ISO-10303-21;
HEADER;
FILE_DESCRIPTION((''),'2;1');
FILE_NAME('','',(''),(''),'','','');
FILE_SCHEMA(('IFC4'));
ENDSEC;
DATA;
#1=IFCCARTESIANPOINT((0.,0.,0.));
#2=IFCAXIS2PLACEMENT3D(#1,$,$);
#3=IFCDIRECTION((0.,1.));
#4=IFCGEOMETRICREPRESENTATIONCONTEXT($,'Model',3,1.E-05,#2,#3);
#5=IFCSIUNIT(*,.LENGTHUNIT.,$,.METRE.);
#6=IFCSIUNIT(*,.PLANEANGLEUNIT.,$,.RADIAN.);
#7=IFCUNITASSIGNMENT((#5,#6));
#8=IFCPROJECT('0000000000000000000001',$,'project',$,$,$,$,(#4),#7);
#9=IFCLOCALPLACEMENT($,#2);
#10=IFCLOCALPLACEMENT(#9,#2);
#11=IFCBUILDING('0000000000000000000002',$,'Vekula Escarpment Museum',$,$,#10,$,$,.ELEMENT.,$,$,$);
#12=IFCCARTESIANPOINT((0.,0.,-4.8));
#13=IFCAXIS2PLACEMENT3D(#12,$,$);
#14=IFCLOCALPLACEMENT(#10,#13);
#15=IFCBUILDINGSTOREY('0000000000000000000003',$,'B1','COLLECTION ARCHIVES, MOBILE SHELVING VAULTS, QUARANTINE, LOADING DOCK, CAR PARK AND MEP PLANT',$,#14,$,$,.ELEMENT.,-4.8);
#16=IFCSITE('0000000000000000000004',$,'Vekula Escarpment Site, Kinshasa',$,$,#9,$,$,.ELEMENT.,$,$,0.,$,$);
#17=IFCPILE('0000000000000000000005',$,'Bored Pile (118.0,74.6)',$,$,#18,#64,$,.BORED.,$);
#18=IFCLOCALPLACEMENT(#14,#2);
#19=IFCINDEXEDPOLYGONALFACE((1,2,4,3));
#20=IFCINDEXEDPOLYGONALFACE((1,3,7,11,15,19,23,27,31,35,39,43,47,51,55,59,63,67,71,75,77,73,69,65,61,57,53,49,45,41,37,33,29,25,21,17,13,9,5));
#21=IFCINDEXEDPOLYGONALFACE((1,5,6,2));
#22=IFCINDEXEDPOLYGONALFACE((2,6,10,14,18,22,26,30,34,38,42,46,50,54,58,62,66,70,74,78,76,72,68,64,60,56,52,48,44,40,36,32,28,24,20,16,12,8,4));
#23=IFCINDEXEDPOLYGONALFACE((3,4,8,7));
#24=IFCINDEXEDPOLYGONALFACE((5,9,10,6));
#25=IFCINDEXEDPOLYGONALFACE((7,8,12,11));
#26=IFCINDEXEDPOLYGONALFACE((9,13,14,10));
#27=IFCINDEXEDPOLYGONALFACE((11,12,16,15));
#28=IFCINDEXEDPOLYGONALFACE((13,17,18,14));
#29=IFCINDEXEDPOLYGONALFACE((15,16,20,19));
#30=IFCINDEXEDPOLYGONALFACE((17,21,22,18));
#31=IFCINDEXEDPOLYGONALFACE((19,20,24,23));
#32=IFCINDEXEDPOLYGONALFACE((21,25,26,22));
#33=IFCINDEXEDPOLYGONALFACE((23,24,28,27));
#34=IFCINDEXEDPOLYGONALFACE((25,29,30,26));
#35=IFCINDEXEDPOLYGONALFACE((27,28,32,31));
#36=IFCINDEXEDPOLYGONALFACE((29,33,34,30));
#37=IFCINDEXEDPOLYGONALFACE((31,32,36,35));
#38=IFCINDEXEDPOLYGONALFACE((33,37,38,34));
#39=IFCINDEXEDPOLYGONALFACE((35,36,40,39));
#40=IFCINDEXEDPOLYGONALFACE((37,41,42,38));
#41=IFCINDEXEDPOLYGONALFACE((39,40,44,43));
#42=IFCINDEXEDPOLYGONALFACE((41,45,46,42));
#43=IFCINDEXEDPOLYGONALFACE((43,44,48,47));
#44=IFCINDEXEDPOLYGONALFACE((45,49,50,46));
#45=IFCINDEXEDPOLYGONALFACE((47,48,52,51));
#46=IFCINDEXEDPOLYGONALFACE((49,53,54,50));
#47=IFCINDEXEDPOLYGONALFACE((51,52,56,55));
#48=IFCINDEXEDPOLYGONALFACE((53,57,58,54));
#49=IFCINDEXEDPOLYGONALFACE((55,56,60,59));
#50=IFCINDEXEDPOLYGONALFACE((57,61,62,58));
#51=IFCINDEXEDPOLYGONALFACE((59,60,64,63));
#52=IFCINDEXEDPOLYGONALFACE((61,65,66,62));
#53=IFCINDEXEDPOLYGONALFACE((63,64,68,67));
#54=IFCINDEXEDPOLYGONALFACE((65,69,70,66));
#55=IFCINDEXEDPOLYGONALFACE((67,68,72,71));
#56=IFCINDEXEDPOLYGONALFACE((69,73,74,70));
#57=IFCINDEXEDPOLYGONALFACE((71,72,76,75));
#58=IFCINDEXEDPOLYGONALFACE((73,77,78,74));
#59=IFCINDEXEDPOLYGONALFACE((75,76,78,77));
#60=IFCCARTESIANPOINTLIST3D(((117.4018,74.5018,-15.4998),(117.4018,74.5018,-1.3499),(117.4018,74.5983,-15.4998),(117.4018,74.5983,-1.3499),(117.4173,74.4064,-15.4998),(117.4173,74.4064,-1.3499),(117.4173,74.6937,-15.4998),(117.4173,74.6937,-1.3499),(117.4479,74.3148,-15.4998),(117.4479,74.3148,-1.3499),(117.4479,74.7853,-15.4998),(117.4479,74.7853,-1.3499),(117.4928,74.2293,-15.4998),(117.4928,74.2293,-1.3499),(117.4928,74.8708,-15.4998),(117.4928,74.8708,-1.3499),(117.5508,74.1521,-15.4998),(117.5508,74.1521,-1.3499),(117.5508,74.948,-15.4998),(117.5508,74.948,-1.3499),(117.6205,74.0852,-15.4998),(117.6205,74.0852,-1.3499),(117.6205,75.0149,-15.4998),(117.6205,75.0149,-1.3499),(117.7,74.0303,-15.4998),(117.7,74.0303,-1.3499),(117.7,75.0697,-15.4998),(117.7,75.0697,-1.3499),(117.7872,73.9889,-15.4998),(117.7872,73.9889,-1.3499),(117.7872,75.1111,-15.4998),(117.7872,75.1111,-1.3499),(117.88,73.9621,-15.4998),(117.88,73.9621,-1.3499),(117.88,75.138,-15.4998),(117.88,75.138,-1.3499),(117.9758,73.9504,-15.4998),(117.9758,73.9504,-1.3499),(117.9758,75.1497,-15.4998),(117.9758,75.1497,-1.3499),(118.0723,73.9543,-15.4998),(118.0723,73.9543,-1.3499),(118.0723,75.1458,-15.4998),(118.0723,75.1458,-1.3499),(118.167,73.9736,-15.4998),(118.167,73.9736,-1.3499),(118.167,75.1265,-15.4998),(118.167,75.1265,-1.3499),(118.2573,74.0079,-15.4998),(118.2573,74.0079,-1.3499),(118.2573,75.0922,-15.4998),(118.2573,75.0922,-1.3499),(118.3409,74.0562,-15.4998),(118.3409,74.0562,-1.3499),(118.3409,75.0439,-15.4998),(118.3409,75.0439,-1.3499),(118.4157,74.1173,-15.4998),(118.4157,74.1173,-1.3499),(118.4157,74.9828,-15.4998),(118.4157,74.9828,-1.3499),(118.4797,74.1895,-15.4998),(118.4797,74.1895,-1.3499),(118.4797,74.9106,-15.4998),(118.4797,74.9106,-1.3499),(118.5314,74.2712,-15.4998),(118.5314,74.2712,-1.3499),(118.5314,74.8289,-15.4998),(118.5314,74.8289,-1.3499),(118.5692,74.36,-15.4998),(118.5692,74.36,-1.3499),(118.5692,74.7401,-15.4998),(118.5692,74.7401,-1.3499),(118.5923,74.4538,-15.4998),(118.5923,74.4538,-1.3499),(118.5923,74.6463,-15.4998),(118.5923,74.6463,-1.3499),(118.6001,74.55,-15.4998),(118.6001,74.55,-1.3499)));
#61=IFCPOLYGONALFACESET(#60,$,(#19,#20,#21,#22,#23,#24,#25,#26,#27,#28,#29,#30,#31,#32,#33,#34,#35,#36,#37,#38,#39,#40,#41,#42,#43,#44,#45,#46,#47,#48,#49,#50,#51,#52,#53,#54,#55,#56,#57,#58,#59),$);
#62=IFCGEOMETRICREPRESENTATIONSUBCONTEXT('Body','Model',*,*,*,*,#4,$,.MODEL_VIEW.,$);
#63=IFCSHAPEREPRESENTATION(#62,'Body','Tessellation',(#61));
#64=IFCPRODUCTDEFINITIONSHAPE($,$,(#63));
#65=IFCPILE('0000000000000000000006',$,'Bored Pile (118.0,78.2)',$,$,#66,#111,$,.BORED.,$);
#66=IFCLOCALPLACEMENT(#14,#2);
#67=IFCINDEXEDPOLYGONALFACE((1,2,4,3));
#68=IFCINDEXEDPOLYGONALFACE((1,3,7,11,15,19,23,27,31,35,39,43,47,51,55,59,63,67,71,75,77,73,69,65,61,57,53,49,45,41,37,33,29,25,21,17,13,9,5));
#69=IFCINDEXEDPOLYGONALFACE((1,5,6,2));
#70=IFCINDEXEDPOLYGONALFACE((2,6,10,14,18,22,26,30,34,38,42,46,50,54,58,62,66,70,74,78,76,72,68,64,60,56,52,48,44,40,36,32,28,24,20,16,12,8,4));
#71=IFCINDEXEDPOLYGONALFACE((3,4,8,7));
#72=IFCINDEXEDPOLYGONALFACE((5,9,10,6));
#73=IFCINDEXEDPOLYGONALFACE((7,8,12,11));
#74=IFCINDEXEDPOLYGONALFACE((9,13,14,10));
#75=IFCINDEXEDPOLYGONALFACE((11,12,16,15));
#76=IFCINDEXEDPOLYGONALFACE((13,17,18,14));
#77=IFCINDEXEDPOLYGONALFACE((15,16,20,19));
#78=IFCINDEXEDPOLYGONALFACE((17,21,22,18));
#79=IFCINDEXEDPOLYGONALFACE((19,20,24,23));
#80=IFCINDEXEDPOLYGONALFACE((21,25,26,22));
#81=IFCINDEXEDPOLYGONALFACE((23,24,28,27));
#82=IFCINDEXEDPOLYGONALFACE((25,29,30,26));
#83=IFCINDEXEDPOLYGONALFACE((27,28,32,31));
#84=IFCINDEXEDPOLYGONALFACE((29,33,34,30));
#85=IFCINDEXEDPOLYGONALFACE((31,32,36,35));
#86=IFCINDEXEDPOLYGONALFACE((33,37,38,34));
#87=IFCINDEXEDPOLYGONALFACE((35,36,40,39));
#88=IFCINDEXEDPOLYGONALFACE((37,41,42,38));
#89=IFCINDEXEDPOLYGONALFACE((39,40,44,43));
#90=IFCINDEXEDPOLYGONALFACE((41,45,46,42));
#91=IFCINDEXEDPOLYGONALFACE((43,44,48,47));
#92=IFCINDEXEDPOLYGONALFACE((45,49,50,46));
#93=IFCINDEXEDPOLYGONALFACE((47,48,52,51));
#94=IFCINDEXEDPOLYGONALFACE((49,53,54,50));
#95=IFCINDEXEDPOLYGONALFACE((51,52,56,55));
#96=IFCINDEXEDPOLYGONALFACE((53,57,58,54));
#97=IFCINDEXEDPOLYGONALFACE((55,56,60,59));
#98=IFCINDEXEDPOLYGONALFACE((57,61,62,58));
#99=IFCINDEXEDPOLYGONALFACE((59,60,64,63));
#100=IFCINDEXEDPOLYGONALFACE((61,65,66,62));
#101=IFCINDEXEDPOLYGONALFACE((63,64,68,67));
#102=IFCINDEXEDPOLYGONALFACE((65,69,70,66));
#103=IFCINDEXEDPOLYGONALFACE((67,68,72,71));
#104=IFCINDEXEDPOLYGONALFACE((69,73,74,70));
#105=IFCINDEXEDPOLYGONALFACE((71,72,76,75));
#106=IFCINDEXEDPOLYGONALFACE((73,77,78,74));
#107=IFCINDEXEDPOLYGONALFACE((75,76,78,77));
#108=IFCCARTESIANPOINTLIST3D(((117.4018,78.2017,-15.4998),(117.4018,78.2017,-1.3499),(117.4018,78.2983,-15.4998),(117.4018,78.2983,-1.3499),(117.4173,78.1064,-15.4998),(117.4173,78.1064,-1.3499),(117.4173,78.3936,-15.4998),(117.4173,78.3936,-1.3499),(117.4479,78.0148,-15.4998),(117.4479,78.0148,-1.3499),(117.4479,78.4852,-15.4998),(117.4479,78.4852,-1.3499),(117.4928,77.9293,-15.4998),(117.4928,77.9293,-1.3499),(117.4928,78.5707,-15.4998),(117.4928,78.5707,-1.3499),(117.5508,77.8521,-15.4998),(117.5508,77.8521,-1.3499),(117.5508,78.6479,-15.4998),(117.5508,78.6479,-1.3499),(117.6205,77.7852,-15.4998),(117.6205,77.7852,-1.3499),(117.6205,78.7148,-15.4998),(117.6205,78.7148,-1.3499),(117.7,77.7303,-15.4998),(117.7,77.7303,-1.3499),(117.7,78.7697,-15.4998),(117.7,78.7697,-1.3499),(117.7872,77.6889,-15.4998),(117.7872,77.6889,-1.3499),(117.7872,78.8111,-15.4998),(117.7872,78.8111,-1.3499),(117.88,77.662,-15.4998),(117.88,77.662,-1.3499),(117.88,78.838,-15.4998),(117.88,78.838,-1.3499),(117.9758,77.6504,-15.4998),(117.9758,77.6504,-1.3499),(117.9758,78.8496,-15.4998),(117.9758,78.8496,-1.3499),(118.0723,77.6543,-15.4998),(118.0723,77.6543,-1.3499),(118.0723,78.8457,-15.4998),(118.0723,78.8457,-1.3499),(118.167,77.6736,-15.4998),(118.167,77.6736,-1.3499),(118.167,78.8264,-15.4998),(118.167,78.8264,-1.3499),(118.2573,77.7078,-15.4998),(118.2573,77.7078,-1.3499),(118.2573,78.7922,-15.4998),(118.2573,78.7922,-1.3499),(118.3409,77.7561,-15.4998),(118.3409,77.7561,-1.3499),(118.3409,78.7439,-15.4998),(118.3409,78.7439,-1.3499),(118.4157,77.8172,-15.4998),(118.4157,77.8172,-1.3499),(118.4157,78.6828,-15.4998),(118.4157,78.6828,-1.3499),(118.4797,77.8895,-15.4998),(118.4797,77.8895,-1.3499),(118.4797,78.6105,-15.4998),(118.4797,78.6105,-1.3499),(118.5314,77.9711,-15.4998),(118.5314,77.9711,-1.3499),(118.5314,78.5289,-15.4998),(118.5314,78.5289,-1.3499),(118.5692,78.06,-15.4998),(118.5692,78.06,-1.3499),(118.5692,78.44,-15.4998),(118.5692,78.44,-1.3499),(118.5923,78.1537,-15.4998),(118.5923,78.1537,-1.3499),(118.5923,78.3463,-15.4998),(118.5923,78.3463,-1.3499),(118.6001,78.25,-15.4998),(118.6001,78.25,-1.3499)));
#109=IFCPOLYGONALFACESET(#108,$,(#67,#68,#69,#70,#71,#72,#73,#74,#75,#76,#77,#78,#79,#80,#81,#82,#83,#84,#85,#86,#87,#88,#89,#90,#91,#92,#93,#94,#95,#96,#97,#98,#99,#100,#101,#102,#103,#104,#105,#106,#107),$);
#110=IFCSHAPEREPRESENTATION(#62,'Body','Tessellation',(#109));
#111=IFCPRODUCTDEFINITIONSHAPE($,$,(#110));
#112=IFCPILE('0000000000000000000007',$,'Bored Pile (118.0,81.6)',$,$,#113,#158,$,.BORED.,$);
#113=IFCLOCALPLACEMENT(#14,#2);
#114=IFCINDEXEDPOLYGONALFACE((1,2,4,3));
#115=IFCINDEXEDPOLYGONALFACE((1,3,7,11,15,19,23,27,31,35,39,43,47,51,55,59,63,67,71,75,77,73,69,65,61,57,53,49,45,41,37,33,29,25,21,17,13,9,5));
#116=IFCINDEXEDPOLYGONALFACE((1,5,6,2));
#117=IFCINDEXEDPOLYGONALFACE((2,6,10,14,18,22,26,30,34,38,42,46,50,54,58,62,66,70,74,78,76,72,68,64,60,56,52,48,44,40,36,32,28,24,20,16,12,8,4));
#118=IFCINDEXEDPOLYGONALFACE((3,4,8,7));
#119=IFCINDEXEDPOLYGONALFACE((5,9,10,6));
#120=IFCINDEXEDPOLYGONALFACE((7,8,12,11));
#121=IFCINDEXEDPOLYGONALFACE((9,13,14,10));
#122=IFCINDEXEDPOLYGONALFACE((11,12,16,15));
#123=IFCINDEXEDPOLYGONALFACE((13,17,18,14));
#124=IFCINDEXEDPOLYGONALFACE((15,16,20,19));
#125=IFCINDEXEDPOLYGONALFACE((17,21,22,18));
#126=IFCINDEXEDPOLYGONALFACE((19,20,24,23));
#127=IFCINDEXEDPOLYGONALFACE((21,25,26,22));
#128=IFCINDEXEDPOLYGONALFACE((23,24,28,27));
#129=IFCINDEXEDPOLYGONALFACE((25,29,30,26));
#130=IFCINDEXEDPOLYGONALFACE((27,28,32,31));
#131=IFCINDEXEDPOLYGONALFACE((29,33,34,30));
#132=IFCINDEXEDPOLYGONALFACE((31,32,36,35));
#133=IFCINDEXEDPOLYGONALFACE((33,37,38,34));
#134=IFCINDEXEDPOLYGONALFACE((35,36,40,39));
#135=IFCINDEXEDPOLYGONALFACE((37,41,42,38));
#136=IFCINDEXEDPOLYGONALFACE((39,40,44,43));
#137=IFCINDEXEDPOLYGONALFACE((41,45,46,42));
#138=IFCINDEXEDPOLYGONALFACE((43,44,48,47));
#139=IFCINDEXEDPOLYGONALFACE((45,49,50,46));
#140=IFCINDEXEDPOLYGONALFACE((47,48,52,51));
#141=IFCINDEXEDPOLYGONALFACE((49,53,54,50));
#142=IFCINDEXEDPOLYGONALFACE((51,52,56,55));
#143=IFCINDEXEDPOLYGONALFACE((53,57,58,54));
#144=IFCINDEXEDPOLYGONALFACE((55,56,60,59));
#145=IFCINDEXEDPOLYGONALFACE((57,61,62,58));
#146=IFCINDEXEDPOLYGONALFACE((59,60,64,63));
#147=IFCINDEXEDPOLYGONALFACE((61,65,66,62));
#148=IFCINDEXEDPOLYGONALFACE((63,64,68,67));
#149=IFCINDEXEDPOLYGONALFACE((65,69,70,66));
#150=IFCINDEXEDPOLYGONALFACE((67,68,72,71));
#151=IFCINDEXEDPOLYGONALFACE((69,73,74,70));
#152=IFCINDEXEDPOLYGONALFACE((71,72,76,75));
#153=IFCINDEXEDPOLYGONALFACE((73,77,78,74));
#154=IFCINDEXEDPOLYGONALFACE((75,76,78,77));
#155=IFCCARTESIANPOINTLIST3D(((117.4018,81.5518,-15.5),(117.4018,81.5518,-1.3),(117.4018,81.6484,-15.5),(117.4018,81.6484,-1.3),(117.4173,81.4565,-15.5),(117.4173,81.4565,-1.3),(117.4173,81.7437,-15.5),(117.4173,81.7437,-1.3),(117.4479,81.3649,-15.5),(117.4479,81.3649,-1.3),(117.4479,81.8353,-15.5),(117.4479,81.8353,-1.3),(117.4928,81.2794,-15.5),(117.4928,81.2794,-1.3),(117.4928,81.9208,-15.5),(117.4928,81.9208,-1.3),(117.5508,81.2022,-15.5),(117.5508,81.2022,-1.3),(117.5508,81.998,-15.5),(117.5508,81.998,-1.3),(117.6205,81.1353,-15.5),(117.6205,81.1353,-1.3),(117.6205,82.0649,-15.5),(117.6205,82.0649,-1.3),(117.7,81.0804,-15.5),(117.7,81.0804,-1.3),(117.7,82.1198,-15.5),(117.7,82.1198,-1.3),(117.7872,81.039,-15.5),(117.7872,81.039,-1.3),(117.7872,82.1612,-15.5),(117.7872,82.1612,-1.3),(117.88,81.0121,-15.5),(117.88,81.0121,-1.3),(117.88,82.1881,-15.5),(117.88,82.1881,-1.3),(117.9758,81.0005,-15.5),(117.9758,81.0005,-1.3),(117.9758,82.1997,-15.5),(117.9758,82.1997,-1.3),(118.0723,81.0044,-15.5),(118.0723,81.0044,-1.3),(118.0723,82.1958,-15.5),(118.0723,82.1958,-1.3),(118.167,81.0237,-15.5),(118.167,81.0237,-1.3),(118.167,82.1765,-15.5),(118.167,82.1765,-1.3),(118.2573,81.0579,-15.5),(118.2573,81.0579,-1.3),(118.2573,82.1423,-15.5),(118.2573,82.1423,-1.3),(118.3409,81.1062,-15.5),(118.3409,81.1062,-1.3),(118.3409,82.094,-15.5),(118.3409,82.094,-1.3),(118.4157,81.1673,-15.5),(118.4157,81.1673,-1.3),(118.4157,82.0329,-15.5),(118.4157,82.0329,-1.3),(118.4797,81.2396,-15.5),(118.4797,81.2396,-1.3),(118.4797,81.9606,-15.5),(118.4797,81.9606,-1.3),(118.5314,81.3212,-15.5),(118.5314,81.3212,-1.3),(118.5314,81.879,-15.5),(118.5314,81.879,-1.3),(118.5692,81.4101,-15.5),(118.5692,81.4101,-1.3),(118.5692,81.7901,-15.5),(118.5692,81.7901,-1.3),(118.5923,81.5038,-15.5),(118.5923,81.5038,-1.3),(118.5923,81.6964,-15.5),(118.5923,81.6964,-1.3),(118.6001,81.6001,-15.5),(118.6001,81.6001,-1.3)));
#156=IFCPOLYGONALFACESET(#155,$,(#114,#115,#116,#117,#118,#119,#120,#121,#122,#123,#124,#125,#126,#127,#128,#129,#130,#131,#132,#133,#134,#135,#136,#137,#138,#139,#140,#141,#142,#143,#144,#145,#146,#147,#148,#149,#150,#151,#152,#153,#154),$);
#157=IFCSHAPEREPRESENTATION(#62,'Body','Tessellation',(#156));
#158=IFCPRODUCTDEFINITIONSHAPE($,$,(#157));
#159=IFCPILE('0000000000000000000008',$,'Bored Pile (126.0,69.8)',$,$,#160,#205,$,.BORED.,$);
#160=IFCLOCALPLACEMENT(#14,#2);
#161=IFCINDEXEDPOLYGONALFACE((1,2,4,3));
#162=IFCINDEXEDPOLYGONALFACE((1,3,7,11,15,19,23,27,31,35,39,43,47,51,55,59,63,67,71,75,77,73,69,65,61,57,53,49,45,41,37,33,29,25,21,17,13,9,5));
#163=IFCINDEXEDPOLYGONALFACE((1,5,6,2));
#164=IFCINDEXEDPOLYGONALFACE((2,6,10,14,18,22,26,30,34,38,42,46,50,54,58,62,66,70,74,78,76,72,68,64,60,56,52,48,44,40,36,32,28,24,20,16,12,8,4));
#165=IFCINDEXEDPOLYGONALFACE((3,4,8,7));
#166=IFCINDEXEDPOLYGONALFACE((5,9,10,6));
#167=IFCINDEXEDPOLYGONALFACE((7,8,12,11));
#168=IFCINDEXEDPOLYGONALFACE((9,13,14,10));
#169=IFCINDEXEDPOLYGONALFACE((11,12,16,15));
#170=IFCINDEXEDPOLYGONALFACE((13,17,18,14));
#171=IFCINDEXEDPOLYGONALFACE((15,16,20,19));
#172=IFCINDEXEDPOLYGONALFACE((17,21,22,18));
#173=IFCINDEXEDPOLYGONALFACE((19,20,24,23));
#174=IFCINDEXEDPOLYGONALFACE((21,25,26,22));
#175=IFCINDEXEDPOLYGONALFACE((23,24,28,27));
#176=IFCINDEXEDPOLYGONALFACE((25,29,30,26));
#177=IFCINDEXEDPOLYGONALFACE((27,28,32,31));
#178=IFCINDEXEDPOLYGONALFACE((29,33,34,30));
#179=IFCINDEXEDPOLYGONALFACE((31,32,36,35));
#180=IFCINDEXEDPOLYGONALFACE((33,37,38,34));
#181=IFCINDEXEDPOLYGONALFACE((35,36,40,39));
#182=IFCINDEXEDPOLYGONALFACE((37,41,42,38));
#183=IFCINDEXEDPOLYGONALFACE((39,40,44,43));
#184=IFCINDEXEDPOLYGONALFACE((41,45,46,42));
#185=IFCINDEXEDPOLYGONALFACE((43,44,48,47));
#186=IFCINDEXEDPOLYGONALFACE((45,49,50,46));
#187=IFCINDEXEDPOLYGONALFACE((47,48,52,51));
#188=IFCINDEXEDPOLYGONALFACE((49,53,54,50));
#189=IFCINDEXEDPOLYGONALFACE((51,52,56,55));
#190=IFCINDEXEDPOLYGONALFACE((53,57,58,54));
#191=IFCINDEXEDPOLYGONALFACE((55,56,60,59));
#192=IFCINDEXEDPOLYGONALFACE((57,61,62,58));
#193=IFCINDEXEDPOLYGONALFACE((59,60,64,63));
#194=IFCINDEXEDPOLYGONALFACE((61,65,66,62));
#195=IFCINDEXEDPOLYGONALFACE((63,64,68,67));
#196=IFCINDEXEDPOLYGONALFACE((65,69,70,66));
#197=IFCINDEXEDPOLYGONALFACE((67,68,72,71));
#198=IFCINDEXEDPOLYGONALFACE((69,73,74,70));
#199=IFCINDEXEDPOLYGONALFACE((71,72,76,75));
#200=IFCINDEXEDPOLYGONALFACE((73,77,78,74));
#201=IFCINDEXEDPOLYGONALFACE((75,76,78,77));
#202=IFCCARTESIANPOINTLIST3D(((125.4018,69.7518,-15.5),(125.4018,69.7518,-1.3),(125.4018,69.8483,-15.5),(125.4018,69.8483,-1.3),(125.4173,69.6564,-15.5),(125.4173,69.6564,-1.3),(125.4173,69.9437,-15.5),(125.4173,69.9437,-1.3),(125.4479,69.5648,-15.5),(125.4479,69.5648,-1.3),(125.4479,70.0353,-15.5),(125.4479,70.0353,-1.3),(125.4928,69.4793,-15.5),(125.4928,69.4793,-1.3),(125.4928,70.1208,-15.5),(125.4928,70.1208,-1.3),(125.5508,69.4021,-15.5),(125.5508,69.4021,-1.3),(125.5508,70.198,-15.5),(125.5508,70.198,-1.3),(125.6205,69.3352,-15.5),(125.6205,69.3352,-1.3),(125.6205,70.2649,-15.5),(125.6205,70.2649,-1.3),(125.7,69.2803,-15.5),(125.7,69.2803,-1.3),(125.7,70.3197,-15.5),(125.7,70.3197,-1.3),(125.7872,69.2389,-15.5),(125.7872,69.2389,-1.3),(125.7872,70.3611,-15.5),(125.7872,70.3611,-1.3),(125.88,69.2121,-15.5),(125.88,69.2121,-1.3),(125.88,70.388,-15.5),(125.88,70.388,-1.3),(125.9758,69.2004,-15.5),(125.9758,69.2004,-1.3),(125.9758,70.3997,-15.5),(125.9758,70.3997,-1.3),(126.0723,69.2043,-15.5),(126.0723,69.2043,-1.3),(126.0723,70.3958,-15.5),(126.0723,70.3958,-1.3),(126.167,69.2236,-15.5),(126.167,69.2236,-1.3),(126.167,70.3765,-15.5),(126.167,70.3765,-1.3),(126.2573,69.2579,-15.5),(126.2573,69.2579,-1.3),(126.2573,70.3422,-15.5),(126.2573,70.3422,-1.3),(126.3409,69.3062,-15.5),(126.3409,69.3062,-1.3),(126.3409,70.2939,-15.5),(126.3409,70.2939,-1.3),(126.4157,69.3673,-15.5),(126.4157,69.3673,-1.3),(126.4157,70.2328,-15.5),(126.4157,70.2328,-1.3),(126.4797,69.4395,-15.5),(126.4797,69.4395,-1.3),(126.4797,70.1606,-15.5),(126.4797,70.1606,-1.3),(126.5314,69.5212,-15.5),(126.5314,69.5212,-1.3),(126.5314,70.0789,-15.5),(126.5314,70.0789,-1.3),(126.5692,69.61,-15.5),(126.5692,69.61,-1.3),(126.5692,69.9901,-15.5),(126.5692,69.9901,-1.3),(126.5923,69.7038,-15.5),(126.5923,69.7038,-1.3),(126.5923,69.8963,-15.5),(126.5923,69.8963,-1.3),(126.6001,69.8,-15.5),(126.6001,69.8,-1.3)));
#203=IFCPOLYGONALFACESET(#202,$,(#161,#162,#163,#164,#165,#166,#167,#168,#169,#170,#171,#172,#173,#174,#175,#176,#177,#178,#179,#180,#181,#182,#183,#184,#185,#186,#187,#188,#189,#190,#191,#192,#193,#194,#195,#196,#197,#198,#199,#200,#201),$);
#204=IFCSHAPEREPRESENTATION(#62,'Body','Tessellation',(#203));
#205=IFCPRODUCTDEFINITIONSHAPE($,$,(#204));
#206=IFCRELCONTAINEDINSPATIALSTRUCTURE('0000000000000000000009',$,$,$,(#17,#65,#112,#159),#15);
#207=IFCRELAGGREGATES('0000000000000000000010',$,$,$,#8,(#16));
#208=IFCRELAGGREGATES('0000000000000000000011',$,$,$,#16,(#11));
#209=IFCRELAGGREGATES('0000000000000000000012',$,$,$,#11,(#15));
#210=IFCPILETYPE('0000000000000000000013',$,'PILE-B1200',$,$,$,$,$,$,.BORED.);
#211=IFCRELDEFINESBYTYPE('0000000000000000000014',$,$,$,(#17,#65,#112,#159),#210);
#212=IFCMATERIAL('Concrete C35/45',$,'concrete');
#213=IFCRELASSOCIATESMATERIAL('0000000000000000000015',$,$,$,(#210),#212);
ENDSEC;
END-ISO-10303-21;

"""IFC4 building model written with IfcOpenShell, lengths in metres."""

from ifc_helpers import new_model, si_unit, direction, frame, origin, origin_2d, place, context, subcontext, project, spatial, circle, extrude, material, material_profile, profile_set, type_object, element, save


model = new_model("IFC4")

# Units and contexts
model_context = context("Model", 3, precision=1e-05, world=origin(), true_north=direction((0.0, 1.0)))
body_context = subcontext(model_context, "Body", "Model", "MODEL_VIEW")
ifc_project = project(units=[si_unit("LENGTHUNIT", "METRE"), si_unit("PLANEANGLEUNIT", "RADIAN")], contexts=[model_context])

# Site, building, storey
site_placement = place(None, origin())
site = spatial("IfcSite", under=ifc_project, at=site_placement, Name="Vekula Escarpment Site, Kinshasa", CompositionType="ELEMENT", RefElevation=0.0)
building_placement = place(site_placement, origin())
building = spatial("IfcBuilding", under=site, at=building_placement, Name="Vekula Escarpment Museum", CompositionType="ELEMENT")
storey_placement = place(building_placement, frame((0.0, 0.0, -4.8)))
storey = spatial("IfcBuildingStorey", under=building, at=storey_placement, Name="B1", Description="COLLECTION ARCHIVES, MOBILE SHELVING VAULTS, QUARANTINE, LOADING DOCK, CAR PARK AND MEP PLANT", CompositionType="ELEMENT", Elevation=-4.8)

# Piles
ifc_material_1 = material(Name="Concrete C35/45", Category="concrete")
ifc_material_profile_1 = material_profile(ifc_material_1, circle(Radius=0.6001, at=origin_2d()), Name="BORED PILE 1200")
ifc_profile_set_1 = profile_set([ifc_material_profile_1], Name="Concrete C35/45")
pile_type = type_object("IfcPileType", Name="PILE-B1200", PredefinedType="BORED", material=ifc_profile_set_1)
for number, where, z_axis, x_axis, name in (
    (1, (118.0, 74.55, -1.3499), (0.0, 0.0, -1.0), (1.0, 0.0, 0.0), "Bored Pile (118.0,74.6)"),
    (2, (118.0, 78.25, -1.3499), (0.0, 0.0, -1.0), (1.0, 0.0, 0.0), "Bored Pile (118.0,78.2)"),
):
    element("IfcPile", number, at=place(storey_placement, frame(where, z_axis=z_axis, x_axis=x_axis)), inside=storey, type_object=pile_type, Name=name, PredefinedType="BORED", context=body_context, shape_type="SweptSolid", body=[
        extrude(circle(Radius=0.6001, at=origin_2d()), origin(), (0.0, 0.0, 1.0), 14.1499),
    ])
for number, where, z_axis, x_axis, name in (
    (3, (118.0, 81.6001, -1.3), (0.0, 0.0, -1.0), (1.0, 0.0, 0.0), "Bored Pile (118.0,81.6)"),
    (4, (126.0, 69.8, -1.3), (0.0, 0.0, -1.0), (1.0, 0.0, 0.0), "Bored Pile (126.0,69.8)"),
):
    element("IfcPile", number, at=place(storey_placement, frame(where, z_axis=z_axis, x_axis=x_axis)), inside=storey, type_object=pile_type, Name=name, PredefinedType="BORED", context=body_context, shape_type="SweptSolid", body=[
        extrude(circle(Radius=0.6001, at=origin_2d()), origin(), (0.0, 0.0, 1.0), 14.2),
    ])

save(model, "model.ifc")
